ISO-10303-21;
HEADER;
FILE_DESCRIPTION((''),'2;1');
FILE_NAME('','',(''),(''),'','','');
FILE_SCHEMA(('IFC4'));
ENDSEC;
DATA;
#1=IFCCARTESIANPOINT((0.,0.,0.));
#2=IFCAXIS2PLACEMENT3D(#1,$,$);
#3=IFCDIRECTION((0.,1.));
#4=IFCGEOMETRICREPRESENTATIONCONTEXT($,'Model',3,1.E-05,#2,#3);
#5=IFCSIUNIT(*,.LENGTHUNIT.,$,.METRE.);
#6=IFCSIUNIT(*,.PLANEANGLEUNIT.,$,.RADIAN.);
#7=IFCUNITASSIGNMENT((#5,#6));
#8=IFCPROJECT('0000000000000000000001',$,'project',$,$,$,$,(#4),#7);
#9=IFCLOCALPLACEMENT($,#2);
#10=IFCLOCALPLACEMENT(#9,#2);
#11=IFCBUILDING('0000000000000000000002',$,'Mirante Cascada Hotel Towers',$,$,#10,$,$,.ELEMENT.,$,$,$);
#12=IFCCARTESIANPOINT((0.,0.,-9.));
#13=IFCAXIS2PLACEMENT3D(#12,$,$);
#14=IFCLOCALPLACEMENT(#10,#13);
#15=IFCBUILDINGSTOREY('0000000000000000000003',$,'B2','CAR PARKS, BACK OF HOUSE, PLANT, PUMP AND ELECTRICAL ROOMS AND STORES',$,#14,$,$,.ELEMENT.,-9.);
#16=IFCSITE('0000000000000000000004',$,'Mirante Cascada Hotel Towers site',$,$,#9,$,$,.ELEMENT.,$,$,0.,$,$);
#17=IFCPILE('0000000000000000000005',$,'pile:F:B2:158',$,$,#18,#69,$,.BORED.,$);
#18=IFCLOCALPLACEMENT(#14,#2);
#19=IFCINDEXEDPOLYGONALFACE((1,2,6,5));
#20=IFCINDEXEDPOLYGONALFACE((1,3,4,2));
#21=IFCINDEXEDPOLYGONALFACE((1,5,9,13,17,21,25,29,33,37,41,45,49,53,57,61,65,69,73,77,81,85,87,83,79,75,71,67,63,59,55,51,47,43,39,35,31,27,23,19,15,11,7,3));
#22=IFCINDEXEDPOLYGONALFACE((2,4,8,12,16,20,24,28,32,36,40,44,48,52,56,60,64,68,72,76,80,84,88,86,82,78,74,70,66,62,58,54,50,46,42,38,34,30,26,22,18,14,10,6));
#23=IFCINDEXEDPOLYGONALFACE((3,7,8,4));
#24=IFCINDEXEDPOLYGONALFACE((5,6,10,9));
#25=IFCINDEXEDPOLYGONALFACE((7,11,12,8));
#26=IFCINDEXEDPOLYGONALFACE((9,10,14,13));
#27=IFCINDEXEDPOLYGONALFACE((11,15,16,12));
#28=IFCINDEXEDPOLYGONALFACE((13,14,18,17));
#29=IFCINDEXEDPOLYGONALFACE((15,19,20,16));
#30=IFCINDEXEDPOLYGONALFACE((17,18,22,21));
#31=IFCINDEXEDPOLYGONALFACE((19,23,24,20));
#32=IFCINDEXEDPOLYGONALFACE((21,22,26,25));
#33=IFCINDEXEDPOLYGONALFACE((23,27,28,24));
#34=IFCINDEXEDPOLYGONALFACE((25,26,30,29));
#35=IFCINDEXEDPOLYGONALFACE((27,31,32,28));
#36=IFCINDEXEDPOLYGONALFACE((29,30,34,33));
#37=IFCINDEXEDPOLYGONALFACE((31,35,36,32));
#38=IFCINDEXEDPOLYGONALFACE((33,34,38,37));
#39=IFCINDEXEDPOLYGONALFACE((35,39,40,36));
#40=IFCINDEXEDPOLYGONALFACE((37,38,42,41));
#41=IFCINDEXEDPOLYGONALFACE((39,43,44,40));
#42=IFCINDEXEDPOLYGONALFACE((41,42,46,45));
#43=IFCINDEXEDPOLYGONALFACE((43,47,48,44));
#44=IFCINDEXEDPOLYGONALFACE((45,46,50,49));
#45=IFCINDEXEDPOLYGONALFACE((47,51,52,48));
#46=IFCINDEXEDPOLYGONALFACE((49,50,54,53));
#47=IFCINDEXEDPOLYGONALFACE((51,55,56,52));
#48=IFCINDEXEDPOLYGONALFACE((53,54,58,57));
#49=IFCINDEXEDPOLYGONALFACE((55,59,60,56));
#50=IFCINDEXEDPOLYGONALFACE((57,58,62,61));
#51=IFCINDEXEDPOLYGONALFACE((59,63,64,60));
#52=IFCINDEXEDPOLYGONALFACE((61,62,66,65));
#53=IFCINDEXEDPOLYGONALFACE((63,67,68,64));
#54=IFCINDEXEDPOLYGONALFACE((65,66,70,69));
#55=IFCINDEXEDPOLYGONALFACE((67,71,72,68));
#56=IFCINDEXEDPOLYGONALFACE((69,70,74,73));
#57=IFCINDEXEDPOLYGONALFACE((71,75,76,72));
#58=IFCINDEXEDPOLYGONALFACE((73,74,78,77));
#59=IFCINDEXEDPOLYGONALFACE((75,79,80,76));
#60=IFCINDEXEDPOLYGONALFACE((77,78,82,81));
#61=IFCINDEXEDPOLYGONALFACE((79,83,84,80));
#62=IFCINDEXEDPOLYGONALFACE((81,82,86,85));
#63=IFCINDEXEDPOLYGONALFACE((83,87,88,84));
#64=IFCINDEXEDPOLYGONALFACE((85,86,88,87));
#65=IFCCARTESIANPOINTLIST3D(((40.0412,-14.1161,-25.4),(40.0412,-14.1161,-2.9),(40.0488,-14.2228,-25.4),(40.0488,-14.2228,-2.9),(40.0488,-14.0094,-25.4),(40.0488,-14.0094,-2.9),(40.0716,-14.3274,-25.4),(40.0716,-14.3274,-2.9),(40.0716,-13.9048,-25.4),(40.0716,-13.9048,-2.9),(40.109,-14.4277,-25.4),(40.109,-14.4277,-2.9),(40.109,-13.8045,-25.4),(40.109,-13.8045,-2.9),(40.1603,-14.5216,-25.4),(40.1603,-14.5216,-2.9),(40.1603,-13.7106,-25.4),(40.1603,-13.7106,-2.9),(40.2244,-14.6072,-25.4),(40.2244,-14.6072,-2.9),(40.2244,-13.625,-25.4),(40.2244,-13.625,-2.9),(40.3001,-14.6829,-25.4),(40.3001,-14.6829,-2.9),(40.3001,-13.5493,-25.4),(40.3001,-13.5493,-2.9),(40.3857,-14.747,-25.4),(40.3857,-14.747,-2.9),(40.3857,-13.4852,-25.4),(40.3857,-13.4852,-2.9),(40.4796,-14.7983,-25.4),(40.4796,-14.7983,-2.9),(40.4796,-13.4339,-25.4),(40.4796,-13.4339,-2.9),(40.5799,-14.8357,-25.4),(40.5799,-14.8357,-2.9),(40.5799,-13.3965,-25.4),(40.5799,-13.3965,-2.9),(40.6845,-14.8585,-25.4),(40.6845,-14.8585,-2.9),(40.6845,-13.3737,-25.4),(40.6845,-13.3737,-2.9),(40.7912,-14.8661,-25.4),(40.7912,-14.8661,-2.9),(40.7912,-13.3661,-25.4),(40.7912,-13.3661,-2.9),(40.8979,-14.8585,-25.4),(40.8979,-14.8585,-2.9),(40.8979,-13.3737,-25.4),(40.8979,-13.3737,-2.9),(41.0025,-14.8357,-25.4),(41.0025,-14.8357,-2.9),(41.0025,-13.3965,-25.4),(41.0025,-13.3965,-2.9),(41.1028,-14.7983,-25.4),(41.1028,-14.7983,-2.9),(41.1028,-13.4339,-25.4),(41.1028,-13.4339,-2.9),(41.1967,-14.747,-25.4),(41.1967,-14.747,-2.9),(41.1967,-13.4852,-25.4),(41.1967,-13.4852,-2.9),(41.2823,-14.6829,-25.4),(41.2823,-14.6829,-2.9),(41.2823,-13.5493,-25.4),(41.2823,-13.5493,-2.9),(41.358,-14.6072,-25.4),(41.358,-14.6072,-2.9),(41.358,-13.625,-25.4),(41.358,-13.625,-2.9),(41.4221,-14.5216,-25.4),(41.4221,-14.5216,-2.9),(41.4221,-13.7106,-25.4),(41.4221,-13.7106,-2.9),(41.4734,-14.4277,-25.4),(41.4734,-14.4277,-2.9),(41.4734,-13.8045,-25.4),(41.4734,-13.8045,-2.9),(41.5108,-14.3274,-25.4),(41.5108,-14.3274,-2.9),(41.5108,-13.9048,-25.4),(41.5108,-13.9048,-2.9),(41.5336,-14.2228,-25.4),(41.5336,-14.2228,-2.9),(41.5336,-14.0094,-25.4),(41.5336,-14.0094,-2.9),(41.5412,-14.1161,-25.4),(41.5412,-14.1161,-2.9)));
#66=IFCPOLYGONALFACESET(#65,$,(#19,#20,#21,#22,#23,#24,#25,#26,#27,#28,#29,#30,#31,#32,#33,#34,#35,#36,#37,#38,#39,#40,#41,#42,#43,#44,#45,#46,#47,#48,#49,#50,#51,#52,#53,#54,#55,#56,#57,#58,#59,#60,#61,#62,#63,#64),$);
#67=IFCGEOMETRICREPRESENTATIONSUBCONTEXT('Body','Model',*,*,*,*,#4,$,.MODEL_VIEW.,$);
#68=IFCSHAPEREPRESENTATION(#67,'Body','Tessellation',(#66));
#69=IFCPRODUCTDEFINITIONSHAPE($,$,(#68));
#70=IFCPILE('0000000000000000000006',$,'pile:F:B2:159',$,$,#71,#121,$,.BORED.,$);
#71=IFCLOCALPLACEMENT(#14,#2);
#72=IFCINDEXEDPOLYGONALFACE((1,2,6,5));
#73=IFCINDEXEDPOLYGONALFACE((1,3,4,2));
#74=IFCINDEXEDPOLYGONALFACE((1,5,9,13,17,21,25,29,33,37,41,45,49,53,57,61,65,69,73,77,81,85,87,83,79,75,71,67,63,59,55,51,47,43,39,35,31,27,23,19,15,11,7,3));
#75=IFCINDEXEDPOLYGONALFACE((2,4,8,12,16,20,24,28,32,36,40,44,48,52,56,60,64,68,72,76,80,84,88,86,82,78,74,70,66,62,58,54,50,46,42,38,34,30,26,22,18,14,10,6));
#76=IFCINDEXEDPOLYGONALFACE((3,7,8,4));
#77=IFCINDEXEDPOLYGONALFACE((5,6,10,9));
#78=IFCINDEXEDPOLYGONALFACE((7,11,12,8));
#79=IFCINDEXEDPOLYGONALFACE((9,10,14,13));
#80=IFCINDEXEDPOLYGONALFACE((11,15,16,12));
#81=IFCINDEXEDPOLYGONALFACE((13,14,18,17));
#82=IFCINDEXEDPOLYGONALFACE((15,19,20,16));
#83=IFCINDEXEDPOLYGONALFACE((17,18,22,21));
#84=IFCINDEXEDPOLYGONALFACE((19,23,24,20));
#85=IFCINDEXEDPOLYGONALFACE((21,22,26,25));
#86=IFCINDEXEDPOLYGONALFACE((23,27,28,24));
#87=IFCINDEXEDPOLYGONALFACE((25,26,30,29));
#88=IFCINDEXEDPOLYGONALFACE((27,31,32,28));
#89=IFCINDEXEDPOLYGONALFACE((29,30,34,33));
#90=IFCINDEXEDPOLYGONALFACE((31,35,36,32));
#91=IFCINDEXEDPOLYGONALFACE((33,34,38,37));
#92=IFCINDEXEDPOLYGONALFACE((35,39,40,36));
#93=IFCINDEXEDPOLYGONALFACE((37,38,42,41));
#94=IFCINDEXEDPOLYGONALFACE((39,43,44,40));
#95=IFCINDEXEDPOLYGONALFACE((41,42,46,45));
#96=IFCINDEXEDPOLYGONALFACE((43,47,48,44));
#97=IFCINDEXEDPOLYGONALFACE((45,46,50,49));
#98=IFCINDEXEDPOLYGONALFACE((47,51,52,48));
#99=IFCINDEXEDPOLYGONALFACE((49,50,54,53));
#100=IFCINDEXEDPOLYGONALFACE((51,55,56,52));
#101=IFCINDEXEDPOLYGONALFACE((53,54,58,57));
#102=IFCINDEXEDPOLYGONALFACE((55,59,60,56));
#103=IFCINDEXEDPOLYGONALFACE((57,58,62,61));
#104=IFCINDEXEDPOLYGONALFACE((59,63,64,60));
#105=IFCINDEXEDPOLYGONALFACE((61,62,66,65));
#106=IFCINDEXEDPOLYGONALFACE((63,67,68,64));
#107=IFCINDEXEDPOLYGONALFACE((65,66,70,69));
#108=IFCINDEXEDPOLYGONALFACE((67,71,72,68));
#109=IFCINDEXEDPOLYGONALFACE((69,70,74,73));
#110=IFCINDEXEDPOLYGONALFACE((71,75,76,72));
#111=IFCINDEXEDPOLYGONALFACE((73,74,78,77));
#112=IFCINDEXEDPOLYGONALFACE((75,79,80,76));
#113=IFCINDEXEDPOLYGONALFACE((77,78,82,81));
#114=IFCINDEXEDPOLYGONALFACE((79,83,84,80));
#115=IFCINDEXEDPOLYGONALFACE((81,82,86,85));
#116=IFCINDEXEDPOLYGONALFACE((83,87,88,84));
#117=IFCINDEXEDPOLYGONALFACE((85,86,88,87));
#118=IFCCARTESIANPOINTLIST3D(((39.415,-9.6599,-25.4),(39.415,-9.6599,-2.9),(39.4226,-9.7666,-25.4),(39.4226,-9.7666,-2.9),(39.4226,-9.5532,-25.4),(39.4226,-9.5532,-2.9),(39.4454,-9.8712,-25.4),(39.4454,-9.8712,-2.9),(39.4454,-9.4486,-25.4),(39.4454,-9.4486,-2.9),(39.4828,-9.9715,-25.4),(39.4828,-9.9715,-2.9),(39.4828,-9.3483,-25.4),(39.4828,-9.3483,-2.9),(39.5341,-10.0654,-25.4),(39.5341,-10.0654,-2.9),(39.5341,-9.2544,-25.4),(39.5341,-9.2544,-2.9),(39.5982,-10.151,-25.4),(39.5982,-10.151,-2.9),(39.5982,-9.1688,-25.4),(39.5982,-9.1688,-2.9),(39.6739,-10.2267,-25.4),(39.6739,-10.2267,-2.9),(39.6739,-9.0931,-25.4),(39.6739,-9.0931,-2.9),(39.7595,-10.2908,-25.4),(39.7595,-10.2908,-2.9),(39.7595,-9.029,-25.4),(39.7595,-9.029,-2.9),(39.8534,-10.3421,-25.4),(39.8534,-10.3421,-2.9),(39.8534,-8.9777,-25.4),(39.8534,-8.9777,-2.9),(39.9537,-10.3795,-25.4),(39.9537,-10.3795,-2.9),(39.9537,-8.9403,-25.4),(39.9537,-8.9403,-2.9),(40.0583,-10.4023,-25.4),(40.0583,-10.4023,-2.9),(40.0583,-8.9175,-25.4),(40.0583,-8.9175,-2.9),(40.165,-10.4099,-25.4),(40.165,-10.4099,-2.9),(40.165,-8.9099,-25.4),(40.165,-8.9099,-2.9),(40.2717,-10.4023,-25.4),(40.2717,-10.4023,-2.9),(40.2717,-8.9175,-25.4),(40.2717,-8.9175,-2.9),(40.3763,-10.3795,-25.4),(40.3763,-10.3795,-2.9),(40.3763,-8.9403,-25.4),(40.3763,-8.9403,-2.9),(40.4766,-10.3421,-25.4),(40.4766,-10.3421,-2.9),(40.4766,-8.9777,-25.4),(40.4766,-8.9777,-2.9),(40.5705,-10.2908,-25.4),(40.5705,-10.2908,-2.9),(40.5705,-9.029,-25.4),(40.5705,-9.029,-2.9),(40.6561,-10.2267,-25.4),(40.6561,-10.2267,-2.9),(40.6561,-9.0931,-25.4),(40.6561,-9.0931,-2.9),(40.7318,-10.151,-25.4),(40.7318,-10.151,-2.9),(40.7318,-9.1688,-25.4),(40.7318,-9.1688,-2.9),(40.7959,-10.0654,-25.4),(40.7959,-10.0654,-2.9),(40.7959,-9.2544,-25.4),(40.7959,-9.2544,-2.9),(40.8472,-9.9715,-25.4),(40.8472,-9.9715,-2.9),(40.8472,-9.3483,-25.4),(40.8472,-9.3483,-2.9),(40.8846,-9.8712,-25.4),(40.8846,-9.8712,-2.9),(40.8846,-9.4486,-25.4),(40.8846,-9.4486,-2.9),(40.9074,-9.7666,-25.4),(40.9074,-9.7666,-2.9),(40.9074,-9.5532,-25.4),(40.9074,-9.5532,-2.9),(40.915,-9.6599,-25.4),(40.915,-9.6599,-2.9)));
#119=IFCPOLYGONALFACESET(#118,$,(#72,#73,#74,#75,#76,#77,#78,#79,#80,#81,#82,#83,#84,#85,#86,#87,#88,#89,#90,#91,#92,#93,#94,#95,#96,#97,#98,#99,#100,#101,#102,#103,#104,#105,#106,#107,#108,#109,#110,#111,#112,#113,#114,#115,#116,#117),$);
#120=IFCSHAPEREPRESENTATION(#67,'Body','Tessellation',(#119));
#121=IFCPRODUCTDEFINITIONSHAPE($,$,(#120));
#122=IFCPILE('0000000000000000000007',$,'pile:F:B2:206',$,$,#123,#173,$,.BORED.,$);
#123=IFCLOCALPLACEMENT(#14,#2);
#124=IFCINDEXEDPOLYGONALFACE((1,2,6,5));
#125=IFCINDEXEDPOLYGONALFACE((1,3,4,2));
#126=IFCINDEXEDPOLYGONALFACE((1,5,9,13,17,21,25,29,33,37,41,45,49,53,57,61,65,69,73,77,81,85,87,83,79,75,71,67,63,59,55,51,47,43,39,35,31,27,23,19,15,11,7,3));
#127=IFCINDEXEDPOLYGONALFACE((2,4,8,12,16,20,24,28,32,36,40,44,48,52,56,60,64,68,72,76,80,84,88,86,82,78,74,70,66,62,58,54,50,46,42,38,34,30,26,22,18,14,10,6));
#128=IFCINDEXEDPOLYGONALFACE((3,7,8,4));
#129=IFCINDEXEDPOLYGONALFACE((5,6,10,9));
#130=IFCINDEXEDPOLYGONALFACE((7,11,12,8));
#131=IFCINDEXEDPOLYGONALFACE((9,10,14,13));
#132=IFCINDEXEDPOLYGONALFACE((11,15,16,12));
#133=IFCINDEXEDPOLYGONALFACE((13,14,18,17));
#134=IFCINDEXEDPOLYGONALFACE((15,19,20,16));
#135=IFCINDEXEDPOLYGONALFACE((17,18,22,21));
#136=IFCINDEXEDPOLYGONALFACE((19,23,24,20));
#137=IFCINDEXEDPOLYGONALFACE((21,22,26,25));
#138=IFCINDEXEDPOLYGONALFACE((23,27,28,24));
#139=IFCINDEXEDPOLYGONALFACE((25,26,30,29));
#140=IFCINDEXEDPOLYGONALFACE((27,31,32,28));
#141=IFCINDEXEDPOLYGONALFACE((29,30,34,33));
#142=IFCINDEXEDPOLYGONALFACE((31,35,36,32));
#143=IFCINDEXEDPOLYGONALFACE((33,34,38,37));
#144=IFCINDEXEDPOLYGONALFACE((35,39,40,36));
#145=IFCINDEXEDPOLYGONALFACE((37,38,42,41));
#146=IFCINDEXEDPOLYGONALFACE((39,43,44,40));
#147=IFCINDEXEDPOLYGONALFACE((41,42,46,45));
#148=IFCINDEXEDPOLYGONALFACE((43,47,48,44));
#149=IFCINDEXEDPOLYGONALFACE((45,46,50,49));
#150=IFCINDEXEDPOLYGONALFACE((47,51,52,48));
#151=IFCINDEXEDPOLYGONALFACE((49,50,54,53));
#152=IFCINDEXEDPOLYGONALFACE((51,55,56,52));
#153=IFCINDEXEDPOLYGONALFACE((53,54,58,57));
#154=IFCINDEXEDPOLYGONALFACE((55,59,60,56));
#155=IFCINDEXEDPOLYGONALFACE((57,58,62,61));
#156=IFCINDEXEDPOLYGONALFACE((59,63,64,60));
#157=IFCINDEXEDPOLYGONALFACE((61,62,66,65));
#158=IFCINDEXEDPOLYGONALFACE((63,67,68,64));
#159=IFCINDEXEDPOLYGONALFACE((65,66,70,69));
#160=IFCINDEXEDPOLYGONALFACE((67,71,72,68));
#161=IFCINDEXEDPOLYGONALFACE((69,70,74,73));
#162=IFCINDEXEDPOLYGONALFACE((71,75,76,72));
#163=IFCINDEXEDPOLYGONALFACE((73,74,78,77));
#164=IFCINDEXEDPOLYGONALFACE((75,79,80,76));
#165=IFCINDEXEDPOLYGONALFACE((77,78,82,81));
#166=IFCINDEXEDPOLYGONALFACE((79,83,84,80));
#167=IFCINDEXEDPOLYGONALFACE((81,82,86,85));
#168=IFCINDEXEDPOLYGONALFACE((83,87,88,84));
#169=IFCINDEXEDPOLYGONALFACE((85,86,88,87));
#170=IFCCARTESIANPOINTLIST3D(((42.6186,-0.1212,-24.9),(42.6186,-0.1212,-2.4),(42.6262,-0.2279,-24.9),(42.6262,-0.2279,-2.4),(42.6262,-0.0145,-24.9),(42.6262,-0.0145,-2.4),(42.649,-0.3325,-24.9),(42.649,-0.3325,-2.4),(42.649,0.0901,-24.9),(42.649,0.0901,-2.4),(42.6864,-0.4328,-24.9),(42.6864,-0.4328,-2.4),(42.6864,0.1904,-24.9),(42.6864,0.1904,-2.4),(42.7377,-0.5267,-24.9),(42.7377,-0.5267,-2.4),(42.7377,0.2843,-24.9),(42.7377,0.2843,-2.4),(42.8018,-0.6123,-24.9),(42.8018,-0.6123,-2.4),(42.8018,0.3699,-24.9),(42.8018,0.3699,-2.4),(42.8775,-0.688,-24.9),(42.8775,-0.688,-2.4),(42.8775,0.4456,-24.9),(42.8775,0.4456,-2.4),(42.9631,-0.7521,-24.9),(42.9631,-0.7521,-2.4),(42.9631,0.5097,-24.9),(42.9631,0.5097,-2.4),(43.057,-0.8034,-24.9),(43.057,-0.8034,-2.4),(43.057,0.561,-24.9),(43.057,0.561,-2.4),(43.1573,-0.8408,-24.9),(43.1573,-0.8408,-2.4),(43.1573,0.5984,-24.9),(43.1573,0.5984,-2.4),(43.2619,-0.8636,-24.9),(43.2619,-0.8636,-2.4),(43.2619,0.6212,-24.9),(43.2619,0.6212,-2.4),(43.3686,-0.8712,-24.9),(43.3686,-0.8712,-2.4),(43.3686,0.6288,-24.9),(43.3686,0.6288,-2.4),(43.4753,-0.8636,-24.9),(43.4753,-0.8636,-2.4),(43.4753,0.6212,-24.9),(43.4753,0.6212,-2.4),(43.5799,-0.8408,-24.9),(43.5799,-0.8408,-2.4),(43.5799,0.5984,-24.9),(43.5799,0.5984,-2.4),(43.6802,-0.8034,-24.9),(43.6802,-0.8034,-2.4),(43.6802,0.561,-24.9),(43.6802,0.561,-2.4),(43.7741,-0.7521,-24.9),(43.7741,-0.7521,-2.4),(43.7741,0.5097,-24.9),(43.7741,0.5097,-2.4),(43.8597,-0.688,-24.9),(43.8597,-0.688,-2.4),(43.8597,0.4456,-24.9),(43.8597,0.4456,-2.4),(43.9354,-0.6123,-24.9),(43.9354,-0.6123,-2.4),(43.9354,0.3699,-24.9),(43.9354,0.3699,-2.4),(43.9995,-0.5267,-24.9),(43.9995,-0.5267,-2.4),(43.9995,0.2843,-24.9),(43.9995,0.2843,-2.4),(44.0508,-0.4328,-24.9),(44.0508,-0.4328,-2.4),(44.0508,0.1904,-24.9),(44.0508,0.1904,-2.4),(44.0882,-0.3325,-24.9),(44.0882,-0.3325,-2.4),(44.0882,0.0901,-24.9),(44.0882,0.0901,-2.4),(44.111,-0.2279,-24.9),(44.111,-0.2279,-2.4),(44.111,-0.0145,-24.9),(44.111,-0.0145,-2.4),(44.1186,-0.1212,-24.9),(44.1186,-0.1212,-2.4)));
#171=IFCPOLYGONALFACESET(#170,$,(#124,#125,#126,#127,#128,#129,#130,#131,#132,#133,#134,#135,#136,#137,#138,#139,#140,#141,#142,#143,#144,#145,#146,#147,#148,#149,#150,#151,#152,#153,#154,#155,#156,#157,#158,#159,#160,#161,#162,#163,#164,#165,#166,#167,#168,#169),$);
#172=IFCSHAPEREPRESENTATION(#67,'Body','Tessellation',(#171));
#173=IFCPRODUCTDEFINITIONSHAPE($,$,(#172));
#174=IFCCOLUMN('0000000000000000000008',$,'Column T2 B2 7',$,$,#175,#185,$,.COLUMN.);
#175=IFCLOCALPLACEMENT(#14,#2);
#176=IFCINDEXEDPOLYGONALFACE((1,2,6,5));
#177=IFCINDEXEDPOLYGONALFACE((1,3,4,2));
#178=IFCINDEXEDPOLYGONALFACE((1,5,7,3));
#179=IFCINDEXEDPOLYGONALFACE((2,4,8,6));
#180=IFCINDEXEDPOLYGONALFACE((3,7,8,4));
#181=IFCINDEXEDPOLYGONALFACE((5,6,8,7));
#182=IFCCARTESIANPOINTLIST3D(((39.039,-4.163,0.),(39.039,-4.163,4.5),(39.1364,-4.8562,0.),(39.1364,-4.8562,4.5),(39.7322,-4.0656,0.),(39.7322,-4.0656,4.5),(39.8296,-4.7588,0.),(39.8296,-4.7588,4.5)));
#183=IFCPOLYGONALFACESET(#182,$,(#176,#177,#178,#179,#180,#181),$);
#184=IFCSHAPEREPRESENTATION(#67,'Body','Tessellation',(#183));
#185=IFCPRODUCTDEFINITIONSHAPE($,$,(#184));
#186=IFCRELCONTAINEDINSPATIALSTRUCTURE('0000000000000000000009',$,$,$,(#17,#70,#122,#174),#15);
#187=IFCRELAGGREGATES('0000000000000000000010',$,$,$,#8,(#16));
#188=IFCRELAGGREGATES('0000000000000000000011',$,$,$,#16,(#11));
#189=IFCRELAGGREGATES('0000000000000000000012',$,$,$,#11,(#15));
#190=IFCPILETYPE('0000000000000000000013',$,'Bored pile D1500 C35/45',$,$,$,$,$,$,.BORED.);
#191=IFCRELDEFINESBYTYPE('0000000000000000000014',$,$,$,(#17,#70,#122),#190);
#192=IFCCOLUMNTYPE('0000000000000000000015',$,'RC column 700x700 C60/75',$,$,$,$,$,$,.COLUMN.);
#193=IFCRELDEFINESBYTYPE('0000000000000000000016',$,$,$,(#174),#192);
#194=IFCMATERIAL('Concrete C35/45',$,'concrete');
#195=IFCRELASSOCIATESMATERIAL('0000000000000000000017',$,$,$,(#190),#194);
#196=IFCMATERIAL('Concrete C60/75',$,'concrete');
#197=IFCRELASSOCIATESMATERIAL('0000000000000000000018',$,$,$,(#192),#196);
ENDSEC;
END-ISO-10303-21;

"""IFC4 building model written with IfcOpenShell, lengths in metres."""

from ifc_helpers import new_model, si_unit, direction, frame, origin, origin_2d, place, context, subcontext, project, spatial, rectangle, circle, extrude, material, material_profile, profile_set, type_object, element, save


model = new_model("IFC4")

# Units and contexts
model_context = context("Model", 3, precision=1e-05, world=origin(), true_north=direction((0.0, 1.0)))
body_context = subcontext(model_context, "Body", "Model", "MODEL_VIEW")
ifc_project = project(units=[si_unit("LENGTHUNIT", "METRE"), si_unit("PLANEANGLEUNIT", "RADIAN")], contexts=[model_context])

# Site, building, storey
site_placement = place(None, origin())
site = spatial("IfcSite", under=ifc_project, at=site_placement, Name="Mirante Cascada Hotel Towers site", CompositionType="ELEMENT", RefElevation=0.0)
building_placement = place(site_placement, origin())
building = spatial("IfcBuilding", under=site, at=building_placement, Name="Mirante Cascada Hotel Towers", CompositionType="ELEMENT")
storey_placement = place(building_placement, frame((0.0, 0.0, -9.0)))
storey = spatial("IfcBuildingStorey", under=building, at=storey_placement, Name="B2", Description="CAR PARKS, BACK OF HOUSE, PLANT, PUMP AND ELECTRICAL ROOMS AND STORES", CompositionType="ELEMENT", Elevation=-9.0)

# Piles
ifc_material_1 = material(Name="Concrete C35/45", Category="concrete")
ifc_material_profile_1 = material_profile(ifc_material_1, circle(Radius=0.75, at=origin_2d()), Name="RC D1500")
ifc_profile_set_1 = profile_set([ifc_material_profile_1], Name="Concrete C35/45")
pile_type = type_object("IfcPileType", Name="Bored pile D1500 C35/45", PredefinedType="BORED", material=ifc_profile_set_1)
for number, where, z_axis, x_axis, name in (
    (1, (40.7912, -14.1161, -2.9), (0.0, 0.0, -1.0), (1.0, 0.0, 0.0), "pile:F:B2:158"),
    (2, (40.165, -9.6599, -2.9), (0.0, 0.0, -1.0), (1.0, 0.0, 0.0), "pile:F:B2:159"),
    (3, (43.3686, -0.1212, -2.4), (0.0, 0.0, -1.0), (1.0, 0.0, 0.0), "pile:F:B2:206"),
):
    element("IfcPile", number, at=place(storey_placement, frame(where, z_axis=z_axis, x_axis=x_axis)), inside=storey, type_object=pile_type, Name=name, PredefinedType="BORED", context=body_context, shape_type="SweptSolid", body=[
        extrude(circle(Radius=0.75, at=origin_2d()), origin(), (0.0, 0.0, 1.0), 22.5),
    ])

# Column
ifc_material_2 = material(Name="Concrete C60/75", Category="concrete")
ifc_material_profile_2 = material_profile(ifc_material_2, rectangle(XDim=0.7, YDim=0.7, at=origin_2d()), Name="RC column 700x700 C60/75")
ifc_profile_set_2 = profile_set([ifc_material_profile_2], Name="Concrete C60/75")
column_type = type_object("IfcColumnType", Name="RC column 700x700 C60/75", PredefinedType="COLUMN", material=ifc_profile_set_2)
column_placement = place(storey_placement, frame((39.4343, -4.4609, 0.0), z_axis=(0.0, 0.0, 1.0), x_axis=(0.990268, 0.139173, 0.0)))
element("IfcColumn", 4, at=column_placement, inside=storey, type_object=column_type, Name="Column T2 B2 7", PredefinedType="COLUMN", context=body_context, shape_type="SweptSolid", body=[
    extrude(rectangle(XDim=0.7, YDim=0.7, at=origin_2d()), origin(), (0.0, 0.0, 1.0), 4.5),
])

save(model, "model.ifc")
